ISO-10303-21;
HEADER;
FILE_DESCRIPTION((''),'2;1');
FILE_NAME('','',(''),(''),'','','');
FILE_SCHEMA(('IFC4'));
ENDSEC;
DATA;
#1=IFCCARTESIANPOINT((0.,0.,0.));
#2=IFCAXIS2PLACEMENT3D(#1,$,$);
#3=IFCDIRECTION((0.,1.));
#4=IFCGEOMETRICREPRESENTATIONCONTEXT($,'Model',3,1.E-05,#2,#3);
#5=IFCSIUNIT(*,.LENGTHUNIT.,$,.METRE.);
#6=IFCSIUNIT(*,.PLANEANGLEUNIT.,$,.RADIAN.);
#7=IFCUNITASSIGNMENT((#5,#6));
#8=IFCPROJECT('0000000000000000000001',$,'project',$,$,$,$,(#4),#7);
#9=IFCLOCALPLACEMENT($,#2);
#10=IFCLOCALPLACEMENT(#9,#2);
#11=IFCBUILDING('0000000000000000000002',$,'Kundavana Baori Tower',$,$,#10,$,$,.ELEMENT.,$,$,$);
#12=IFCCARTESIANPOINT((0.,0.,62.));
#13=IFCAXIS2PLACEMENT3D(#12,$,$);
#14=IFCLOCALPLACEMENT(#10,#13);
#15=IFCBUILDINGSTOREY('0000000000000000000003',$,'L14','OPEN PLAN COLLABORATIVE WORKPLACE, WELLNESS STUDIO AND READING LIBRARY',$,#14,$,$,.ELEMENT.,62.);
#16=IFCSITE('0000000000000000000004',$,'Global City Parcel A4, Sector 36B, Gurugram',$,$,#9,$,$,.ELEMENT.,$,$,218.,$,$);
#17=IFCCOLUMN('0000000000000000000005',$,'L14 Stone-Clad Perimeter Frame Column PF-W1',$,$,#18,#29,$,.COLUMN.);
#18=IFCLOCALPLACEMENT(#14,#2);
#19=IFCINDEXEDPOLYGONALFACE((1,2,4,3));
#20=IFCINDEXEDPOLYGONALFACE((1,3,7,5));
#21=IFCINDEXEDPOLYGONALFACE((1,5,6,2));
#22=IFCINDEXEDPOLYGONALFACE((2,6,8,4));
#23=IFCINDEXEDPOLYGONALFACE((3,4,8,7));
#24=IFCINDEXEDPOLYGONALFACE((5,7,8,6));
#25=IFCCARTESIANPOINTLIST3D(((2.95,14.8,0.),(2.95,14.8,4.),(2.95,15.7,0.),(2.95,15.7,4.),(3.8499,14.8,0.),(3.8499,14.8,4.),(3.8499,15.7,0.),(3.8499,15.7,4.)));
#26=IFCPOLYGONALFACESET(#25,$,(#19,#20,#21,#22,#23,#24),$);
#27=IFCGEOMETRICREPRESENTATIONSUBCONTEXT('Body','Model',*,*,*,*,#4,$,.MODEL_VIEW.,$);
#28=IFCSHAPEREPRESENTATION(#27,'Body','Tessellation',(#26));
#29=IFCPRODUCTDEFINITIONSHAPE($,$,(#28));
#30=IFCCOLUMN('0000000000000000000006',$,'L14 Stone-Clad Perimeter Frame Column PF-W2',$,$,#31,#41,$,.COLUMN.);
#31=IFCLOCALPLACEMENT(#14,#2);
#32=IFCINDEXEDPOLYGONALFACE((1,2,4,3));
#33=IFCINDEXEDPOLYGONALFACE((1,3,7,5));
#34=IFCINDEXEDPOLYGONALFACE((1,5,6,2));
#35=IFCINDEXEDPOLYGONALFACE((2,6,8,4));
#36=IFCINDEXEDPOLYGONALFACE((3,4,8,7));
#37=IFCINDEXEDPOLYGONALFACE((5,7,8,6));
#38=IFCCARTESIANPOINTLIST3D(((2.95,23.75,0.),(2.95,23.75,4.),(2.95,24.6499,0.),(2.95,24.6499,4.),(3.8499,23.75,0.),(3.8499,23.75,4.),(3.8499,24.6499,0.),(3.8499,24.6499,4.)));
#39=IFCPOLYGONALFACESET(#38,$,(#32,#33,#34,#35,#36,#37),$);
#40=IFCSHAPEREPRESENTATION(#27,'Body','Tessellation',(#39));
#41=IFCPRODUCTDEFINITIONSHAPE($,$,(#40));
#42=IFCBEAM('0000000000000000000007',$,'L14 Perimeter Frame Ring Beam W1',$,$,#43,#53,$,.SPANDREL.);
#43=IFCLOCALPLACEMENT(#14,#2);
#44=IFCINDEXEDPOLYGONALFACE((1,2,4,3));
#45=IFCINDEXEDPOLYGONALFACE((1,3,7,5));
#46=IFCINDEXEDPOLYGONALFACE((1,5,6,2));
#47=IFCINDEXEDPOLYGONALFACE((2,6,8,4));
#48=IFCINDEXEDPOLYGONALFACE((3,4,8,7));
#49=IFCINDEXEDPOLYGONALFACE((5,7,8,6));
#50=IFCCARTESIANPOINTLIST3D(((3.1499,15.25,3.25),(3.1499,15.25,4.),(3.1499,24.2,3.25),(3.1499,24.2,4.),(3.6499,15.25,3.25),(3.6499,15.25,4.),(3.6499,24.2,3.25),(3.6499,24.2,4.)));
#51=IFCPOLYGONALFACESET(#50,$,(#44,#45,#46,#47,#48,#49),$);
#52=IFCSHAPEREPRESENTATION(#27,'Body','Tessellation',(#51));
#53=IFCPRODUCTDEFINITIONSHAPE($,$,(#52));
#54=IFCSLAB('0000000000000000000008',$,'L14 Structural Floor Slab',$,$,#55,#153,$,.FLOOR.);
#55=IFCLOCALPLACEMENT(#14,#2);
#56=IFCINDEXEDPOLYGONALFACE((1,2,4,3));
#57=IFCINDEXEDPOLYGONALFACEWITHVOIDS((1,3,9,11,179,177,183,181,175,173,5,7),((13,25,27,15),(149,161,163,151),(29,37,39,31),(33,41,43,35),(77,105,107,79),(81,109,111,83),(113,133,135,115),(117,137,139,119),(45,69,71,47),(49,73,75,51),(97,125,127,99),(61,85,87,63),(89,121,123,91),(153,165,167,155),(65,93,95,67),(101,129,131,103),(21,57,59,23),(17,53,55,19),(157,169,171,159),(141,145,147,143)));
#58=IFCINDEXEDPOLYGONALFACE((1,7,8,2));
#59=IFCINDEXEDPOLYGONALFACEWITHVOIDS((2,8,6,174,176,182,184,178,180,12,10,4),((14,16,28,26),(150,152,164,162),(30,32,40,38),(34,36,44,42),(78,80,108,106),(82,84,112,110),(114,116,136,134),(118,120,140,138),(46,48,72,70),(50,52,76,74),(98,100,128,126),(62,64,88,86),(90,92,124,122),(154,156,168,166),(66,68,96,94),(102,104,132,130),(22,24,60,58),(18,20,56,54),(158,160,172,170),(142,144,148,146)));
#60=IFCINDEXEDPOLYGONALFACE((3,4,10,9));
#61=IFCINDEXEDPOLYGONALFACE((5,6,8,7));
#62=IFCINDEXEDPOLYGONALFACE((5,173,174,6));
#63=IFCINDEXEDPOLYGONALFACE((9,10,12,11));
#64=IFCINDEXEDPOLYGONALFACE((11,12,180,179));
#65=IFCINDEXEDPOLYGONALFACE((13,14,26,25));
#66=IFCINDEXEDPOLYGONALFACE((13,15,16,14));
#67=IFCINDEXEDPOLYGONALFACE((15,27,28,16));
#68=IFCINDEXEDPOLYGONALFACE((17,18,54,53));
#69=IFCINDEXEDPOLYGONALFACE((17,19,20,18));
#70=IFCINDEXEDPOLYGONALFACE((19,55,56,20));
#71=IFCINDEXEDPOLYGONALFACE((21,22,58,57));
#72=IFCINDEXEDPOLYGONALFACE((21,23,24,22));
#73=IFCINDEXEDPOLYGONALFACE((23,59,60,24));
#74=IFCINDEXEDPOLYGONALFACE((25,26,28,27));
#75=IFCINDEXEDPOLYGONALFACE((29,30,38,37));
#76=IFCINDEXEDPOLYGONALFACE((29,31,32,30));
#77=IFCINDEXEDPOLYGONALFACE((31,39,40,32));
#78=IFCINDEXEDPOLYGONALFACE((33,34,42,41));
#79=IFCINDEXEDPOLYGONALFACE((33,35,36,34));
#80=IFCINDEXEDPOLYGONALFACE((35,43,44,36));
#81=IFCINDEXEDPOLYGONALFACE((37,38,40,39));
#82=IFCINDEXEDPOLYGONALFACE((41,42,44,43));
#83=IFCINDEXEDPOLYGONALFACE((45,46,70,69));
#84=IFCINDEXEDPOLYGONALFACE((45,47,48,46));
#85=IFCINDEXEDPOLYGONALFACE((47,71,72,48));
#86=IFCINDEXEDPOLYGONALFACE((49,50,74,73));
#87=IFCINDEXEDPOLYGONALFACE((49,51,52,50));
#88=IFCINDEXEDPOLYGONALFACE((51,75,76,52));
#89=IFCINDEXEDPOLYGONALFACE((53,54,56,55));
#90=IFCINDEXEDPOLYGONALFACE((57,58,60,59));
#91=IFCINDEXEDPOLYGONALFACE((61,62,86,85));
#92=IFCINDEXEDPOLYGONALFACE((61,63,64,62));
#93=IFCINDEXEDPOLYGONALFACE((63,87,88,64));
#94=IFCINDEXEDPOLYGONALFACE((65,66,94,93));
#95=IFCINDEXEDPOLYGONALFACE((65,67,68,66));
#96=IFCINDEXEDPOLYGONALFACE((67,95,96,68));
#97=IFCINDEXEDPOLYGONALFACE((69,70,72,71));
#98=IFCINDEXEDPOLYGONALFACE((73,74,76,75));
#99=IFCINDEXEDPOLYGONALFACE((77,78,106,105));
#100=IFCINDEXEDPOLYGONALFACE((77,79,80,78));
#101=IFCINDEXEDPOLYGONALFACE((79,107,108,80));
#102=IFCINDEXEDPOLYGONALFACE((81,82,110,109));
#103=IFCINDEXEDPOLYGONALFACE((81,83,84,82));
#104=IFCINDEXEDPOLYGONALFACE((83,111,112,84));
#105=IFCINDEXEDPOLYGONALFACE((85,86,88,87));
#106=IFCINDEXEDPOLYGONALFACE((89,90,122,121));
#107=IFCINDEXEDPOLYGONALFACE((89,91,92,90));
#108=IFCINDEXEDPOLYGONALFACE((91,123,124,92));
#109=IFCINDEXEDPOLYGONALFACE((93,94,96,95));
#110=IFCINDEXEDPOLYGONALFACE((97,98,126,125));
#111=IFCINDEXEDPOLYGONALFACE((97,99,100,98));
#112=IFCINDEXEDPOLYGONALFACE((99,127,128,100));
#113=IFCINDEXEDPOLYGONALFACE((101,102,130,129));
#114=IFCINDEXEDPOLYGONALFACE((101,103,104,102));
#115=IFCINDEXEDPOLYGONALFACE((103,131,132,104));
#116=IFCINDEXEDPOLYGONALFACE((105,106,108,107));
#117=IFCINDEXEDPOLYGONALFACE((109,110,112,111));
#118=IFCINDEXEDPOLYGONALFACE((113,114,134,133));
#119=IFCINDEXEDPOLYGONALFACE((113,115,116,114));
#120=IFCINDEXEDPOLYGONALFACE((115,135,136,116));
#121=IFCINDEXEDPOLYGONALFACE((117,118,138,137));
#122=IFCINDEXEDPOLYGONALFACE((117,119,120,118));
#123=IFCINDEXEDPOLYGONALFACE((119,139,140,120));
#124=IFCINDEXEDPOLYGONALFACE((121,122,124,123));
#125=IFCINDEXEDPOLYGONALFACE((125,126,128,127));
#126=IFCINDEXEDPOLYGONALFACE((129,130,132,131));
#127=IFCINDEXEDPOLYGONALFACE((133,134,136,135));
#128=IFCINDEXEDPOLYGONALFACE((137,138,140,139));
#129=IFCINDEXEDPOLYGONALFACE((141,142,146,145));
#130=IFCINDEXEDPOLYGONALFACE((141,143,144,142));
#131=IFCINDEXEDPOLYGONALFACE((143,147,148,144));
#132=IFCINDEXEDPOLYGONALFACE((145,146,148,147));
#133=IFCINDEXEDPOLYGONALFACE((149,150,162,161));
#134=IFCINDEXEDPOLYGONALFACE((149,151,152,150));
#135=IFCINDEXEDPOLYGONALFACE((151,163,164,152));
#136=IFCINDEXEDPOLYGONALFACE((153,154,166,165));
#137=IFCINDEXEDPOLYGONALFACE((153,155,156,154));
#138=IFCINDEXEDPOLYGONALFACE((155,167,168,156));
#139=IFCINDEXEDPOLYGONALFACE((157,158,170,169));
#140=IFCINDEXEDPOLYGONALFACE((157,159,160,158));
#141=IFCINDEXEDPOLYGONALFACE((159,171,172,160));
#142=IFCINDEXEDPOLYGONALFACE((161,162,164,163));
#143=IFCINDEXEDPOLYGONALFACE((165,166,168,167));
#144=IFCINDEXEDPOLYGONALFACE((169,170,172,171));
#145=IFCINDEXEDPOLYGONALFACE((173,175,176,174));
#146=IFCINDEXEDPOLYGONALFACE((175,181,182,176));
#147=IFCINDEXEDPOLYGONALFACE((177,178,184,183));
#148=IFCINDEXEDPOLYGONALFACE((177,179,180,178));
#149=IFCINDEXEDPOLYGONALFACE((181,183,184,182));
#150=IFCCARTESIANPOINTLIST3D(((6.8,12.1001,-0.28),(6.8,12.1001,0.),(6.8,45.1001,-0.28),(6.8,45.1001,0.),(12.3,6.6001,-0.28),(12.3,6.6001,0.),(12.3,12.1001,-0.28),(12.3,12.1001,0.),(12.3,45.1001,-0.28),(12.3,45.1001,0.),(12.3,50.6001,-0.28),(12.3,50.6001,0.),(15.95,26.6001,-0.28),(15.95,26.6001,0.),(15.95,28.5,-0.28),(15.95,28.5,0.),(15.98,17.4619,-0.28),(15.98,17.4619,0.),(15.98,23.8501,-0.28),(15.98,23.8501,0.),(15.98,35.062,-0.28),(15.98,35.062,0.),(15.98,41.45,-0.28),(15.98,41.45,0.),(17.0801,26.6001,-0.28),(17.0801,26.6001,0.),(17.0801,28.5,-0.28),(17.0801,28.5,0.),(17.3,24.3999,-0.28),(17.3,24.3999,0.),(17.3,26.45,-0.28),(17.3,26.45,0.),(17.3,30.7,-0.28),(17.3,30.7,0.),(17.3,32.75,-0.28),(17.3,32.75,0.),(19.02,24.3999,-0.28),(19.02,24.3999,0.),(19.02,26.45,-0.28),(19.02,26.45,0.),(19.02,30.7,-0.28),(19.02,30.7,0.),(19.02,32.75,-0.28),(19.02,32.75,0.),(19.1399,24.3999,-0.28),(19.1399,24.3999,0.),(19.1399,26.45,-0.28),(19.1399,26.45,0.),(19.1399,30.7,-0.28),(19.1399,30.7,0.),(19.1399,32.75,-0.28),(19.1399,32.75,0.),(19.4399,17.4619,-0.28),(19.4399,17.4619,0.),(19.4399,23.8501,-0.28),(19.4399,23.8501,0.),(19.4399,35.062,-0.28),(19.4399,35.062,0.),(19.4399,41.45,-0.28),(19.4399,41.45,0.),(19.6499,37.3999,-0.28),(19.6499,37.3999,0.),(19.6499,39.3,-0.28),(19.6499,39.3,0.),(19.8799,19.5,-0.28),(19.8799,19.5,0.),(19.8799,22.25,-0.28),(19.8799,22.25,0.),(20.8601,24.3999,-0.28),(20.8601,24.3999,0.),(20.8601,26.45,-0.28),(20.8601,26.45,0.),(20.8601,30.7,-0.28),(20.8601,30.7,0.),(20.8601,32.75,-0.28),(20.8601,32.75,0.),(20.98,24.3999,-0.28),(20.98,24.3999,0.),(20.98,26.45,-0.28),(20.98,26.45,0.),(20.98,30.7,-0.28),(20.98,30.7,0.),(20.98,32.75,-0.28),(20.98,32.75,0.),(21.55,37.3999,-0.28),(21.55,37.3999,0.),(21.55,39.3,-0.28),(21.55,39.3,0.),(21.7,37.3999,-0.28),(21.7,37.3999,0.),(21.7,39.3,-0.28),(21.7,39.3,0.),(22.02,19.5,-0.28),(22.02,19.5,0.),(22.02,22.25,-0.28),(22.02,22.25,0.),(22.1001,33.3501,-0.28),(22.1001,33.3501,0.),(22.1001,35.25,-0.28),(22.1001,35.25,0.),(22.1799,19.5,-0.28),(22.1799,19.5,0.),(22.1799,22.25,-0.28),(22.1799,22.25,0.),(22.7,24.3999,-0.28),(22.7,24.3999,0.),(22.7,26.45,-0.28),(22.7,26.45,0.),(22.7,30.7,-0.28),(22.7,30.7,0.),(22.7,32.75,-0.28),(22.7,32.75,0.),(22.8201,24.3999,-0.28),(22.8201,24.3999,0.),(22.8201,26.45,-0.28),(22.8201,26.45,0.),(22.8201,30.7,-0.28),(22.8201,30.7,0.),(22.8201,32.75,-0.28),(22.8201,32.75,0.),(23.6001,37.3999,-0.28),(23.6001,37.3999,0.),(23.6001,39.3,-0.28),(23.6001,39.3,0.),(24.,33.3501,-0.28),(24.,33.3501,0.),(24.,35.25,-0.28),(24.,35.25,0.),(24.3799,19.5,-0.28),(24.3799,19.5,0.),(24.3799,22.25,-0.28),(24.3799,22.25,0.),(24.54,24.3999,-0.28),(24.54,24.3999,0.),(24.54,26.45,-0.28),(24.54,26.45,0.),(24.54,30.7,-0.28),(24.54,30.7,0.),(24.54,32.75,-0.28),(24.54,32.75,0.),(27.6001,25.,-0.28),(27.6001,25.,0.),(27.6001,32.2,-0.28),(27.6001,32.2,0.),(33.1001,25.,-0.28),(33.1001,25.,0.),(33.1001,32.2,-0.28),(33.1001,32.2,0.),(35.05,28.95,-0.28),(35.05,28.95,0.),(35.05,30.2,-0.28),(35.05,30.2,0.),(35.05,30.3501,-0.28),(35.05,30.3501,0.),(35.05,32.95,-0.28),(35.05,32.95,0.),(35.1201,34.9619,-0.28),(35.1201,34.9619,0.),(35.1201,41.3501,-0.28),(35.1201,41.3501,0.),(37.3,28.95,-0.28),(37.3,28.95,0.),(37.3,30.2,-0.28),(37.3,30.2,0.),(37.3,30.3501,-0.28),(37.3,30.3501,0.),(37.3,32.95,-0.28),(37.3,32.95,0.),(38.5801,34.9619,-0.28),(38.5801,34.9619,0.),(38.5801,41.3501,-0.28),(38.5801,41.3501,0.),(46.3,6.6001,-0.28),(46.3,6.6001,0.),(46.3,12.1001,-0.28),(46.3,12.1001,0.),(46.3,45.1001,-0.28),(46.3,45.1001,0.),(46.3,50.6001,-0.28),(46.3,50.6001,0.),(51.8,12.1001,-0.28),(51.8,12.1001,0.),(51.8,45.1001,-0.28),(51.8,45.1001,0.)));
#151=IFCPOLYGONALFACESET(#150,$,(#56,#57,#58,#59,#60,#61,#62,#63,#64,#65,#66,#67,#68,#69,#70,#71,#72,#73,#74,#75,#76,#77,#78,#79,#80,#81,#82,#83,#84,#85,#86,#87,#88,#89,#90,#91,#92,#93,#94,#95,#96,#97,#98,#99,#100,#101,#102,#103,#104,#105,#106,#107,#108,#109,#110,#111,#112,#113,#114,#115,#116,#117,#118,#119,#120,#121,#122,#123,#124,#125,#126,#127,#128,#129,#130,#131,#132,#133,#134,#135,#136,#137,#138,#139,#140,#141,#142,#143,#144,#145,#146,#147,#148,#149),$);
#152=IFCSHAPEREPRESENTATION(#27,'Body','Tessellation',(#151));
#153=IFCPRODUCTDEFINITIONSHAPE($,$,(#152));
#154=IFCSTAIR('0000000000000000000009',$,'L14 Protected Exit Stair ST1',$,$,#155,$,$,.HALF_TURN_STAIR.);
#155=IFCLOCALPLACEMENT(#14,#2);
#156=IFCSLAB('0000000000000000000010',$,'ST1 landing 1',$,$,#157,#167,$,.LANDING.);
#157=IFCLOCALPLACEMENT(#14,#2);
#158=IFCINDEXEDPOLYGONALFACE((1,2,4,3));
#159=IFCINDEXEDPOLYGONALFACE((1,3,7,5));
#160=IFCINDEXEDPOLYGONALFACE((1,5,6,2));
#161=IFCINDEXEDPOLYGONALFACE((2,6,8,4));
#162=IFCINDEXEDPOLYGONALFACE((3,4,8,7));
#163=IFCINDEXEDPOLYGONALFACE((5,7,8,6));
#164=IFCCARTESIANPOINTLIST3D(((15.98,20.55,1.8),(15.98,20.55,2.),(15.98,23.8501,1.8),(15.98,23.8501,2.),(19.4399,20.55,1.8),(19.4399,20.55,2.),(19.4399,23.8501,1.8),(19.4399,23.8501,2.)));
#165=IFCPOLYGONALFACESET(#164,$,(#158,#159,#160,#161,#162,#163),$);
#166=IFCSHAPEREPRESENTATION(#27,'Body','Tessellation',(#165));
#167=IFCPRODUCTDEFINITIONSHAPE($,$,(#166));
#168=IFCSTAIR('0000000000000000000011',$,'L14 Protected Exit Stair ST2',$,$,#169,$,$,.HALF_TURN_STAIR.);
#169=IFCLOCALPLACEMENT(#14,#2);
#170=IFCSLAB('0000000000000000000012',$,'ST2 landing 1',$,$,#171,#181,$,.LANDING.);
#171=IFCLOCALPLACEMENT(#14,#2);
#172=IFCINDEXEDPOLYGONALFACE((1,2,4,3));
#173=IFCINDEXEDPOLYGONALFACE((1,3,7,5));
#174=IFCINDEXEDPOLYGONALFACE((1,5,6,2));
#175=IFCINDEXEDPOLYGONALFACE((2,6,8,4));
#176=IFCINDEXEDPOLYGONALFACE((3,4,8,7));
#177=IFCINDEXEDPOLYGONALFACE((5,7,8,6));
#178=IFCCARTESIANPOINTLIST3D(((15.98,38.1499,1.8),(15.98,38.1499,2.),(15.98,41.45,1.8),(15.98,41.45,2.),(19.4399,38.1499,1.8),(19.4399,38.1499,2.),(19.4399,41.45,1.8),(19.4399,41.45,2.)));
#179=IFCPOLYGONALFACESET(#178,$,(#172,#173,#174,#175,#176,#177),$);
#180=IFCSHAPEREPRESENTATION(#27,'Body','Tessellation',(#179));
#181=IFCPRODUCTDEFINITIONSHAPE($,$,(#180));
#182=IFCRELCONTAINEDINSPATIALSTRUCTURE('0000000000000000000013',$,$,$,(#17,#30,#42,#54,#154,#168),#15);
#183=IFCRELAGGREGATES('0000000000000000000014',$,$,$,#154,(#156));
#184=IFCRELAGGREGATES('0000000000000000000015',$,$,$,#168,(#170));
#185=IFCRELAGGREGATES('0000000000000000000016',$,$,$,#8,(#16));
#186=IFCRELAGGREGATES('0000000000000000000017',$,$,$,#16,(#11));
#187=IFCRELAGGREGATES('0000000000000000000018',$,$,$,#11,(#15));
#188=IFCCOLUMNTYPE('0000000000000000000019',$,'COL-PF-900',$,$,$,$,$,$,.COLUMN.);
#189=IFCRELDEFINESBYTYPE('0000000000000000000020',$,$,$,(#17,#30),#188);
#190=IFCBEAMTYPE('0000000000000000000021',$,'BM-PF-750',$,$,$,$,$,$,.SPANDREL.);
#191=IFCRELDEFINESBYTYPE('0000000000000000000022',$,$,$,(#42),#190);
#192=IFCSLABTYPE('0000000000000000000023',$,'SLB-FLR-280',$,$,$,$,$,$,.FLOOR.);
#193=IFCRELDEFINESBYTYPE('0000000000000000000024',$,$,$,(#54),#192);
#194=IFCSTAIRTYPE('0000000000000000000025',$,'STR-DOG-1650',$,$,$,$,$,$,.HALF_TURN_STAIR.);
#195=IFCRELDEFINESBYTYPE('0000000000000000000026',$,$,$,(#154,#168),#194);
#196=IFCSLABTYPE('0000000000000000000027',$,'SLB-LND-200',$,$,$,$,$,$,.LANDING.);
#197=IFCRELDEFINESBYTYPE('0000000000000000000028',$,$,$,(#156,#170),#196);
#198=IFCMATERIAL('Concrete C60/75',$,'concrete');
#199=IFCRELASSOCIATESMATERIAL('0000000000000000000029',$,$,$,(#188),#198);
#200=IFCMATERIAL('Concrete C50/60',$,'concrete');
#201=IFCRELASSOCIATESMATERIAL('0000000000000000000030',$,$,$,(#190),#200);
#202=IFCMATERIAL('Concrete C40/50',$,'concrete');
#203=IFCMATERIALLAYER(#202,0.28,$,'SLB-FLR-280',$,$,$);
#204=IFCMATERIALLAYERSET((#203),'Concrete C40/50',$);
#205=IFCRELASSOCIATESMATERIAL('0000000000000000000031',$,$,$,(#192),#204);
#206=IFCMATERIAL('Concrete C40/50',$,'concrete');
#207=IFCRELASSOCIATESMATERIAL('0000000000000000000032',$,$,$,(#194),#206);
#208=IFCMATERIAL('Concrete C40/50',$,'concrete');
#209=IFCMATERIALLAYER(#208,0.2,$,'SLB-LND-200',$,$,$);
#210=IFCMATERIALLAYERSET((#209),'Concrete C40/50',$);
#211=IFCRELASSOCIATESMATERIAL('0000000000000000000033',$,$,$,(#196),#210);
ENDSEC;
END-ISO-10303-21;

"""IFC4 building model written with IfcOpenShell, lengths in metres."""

from ifc_helpers import new_model, si_unit, direction, frame, origin, origin_2d, place, context, subcontext, project, spatial, polyline, rectangle, outline, extrude, material, layer, layer_set, material_profile, profile_set, type_object, element, aggregate, save


model = new_model("IFC4")

# Units and contexts
model_context = context("Model", 3, precision=1e-05, world=origin(), true_north=direction((0.0, 1.0)))
body_context = subcontext(model_context, "Body", "Model", "MODEL_VIEW")
ifc_project = project(units=[si_unit("LENGTHUNIT", "METRE"), si_unit("PLANEANGLEUNIT", "RADIAN")], contexts=[model_context])

# Site, building, storey
site_placement = place(None, origin())
site = spatial("IfcSite", under=ifc_project, at=site_placement, Name="Global City Parcel A4, Sector 36B, Gurugram", CompositionType="ELEMENT", RefElevation=218.0)
building_placement = place(site_placement, origin())
building = spatial("IfcBuilding", under=site, at=building_placement, Name="Kundavana Baori Tower", CompositionType="ELEMENT")
storey_placement = place(building_placement, frame((0.0, 0.0, 62.0)))
storey = spatial("IfcBuildingStorey", under=building, at=storey_placement, Name="L14", Description="OPEN PLAN COLLABORATIVE WORKPLACE, WELLNESS STUDIO AND READING LIBRARY", CompositionType="ELEMENT", Elevation=62.0)

# Columns
ifc_material_1 = material(Name="Concrete C60/75", Category="concrete")
ifc_material_profile_1 = material_profile(ifc_material_1, rectangle(XDim=0.8999, YDim=0.8999, at=origin_2d()), Name="RC PF 900x900")
ifc_profile_set_1 = profile_set([ifc_material_profile_1], Name="Concrete C60/75")
column_type = type_object("IfcColumnType", Name="COL-PF-900", PredefinedType="COLUMN", material=ifc_profile_set_1)
for number, where, z_axis, x_axis, name in (
    (1, (3.3999, 15.25, 0.0), (0.0, 0.0, 1.0), (1.0, 0.0, 0.0), "L14 Stone-Clad Perimeter Frame Column PF-W1"),
    (2, (3.3999, 24.2, 0.0), (0.0, 0.0, 1.0), (1.0, 0.0, 0.0), "L14 Stone-Clad Perimeter Frame Column PF-W2"),
):
    element("IfcColumn", number, at=place(storey_placement, frame(where, z_axis=z_axis, x_axis=x_axis)), inside=storey, type_object=column_type, Name=name, PredefinedType="COLUMN", context=body_context, shape_type="SweptSolid", body=[
        extrude(rectangle(XDim=0.8999, YDim=0.8999, at=origin_2d()), origin(), (0.0, 0.0, 1.0), 4.0),
    ])

# Beam
ifc_material_2 = material(Name="Concrete C50/60", Category="concrete")
ifc_material_profile_2 = material_profile(ifc_material_2, rectangle(XDim=0.5, YDim=0.75, at=origin_2d()), Name="RC BM 500x750")
ifc_profile_set_2 = profile_set([ifc_material_profile_2], Name="Concrete C50/60")
beam_type = type_object("IfcBeamType", Name="BM-PF-750", PredefinedType="SPANDREL", material=ifc_profile_set_2)
beam_placement = place(storey_placement, frame((3.3999, 15.25, 3.625), z_axis=(0.0, 1.0, 0.0), x_axis=(-1.0, 0.0, 0.0)))
element("IfcBeam", 3, at=beam_placement, inside=storey, type_object=beam_type, Name="L14 Perimeter Frame Ring Beam W1", PredefinedType="SPANDREL", context=body_context, shape_type="SweptSolid", body=[
    extrude(rectangle(XDim=0.5, YDim=0.75, at=origin_2d()), origin(), (0.0, 0.0, 1.0), 8.95),
])

# Slab
ifc_material_3 = material(Name="Concrete C40/50", Category="concrete")
ifc_layer_1 = layer(ifc_material_3, 0.28, Name="SLB-FLR-280")
ifc_layer_set_1 = layer_set([ifc_layer_1], Name="Concrete C40/50")
slab_type_1 = type_object("IfcSlabType", Name="SLB-FLR-280", PredefinedType="FLOOR", material=ifc_layer_set_1)
slab_1_placement = place(storey_placement, frame((0.0, 0.0, -0.28)))
element("IfcSlab", 4, at=slab_1_placement, inside=storey, type_object=slab_type_1, Name="L14 Structural Floor Slab", PredefinedType="FLOOR", context=body_context, shape_type="SweptSolid", body=[
    extrude(outline(polyline([(12.3, 6.6001), (46.3, 6.6001), (46.3, 12.1001), (51.8, 12.1001), (51.8, 45.1001), (46.3, 45.1001), (46.3, 50.6001), (12.3, 50.6001), (12.3, 45.1001), (6.8, 45.1001), (6.8, 12.1001), (12.3, 12.1001), (12.3, 6.6001)]), holes=[polyline([(19.4399, 17.4619), (19.4399, 23.8501), (15.98, 23.8501), (15.98, 17.4619), (19.4399, 17.4619)]), polyline([(19.4399, 35.062), (19.4399, 41.45), (15.98, 41.45), (15.98, 35.062), (19.4399, 35.062)]), polyline([(38.5801, 34.9619), (38.5801, 41.3501), (35.1201, 41.3501), (35.1201, 34.9619), (38.5801, 34.9619)]), polyline([(17.3, 24.3999), (19.02, 24.3999), (19.02, 26.45), (17.3, 26.45), (17.3, 24.3999)]), polyline([(19.1399, 24.3999), (20.8601, 24.3999), (20.8601, 26.45), (19.1399, 26.45), (19.1399, 24.3999)]), polyline([(20.98, 24.3999), (22.7, 24.3999), (22.7, 26.45), (20.98, 26.45), (20.98, 24.3999)]), polyline([(22.8201, 24.3999), (24.54, 24.3999), (24.54, 26.45), (22.8201, 26.45), (22.8201, 24.3999)]), polyline([(17.3, 30.7), (19.02, 30.7), (19.02, 32.75), (17.3, 32.75), (17.3, 30.7)]), polyline([(19.1399, 30.7), (20.8601, 30.7), (20.8601, 32.75), (19.1399, 32.75), (19.1399, 30.7)]), polyline([(20.98, 30.7), (22.7, 30.7), (22.7, 32.75), (20.98, 32.75), (20.98, 30.7)]), polyline([(22.8201, 30.7), (24.54, 30.7), (24.54, 32.75), (22.8201, 32.75), (22.8201, 30.7)]), polyline([(19.6499, 37.3999), (21.55, 37.3999), (21.55, 39.3), (19.6499, 39.3), (19.6499, 37.3999)]), polyline([(21.7, 37.3999), (23.6001, 37.3999), (23.6001, 39.3), (21.7, 39.3), (21.7, 37.3999)]), polyline([(22.1001, 33.3501), (24.0, 33.3501), (24.0, 35.25), (22.1001, 35.25), (22.1001, 33.3501)]), polyline([(19.8799, 19.5), (22.02, 19.5), (22.02, 22.25), (19.8799, 22.25), (19.8799, 19.5)]), polyline([(22.1799, 19.5), (24.3799, 19.5), (24.3799, 22.25), (22.1799, 22.25), (22.1799, 19.5)]), polyline([(35.05, 30.3501), (37.3, 30.3501), (37.3, 32.95), (35.05, 32.95), (35.05, 30.3501)]), polyline([(15.95, 26.6001), (17.0801, 26.6001), (17.0801, 28.5), (15.95, 28.5), (15.95, 26.6001)]), polyline([(35.05, 28.95), (37.3, 28.95), (37.3, 30.2), (35.05, 30.2), (35.05, 28.95)]), polyline([(27.6001, 25.0), (33.1001, 25.0), (33.1001, 32.2), (27.6001, 32.2), (27.6001, 25.0)])]), origin(), (0.0, 0.0, 1.0), 0.28),
])

# Stairs, slabs
ifc_material_4 = material(Name="Concrete C40/50", Category="concrete")
stair_type = type_object("IfcStairType", Name="STR-DOG-1650", PredefinedType="HALF_TURN_STAIR", material=ifc_material_4)
stair_1_placement = place(storey_placement, origin())
stair_1 = element("IfcStair", 5, at=stair_1_placement, inside=storey, type_object=stair_type, Name="L14 Protected Exit Stair ST1", PredefinedType="HALF_TURN_STAIR")
ifc_material_5 = material(Name="Concrete C40/50", Category="concrete")
ifc_layer_2 = layer(ifc_material_5, 0.2, Name="SLB-LND-200")
ifc_layer_set_2 = layer_set([ifc_layer_2], Name="Concrete C40/50")
slab_type_2 = type_object("IfcSlabType", Name="SLB-LND-200", PredefinedType="LANDING", material=ifc_layer_set_2)
slab_2_placement = place(storey_placement, frame((0.0, 0.0, 1.8)))
slab_2 = element("IfcSlab", 6, at=slab_2_placement, type_object=slab_type_2, Name="ST1 landing 1", PredefinedType="LANDING", context=body_context, shape_type="SweptSolid", body=[
    extrude(outline(polyline([(19.4399, 20.55), (19.4399, 23.8501), (15.98, 23.8501), (15.98, 20.55), (19.4399, 20.55)])), origin(), (0.0, 0.0, 1.0), 0.2),
])
aggregate(stair_1, [slab_2])
stair_2_placement = place(storey_placement, origin())
stair_2 = element("IfcStair", 7, at=stair_2_placement, inside=storey, type_object=stair_type, Name="L14 Protected Exit Stair ST2", PredefinedType="HALF_TURN_STAIR")
slab_3_placement = place(storey_placement, frame((0.0, 0.0, 1.8)))
slab_3 = element("IfcSlab", 8, at=slab_3_placement, type_object=slab_type_2, Name="ST2 landing 1", PredefinedType="LANDING", context=body_context, shape_type="SweptSolid", body=[
    extrude(outline(polyline([(19.4399, 38.1499), (19.4399, 41.45), (15.98, 41.45), (15.98, 38.1499), (19.4399, 38.1499)])), origin(), (0.0, 0.0, 1.0), 0.2),
])
aggregate(stair_2, [slab_3])

save(model, "model.ifc")
